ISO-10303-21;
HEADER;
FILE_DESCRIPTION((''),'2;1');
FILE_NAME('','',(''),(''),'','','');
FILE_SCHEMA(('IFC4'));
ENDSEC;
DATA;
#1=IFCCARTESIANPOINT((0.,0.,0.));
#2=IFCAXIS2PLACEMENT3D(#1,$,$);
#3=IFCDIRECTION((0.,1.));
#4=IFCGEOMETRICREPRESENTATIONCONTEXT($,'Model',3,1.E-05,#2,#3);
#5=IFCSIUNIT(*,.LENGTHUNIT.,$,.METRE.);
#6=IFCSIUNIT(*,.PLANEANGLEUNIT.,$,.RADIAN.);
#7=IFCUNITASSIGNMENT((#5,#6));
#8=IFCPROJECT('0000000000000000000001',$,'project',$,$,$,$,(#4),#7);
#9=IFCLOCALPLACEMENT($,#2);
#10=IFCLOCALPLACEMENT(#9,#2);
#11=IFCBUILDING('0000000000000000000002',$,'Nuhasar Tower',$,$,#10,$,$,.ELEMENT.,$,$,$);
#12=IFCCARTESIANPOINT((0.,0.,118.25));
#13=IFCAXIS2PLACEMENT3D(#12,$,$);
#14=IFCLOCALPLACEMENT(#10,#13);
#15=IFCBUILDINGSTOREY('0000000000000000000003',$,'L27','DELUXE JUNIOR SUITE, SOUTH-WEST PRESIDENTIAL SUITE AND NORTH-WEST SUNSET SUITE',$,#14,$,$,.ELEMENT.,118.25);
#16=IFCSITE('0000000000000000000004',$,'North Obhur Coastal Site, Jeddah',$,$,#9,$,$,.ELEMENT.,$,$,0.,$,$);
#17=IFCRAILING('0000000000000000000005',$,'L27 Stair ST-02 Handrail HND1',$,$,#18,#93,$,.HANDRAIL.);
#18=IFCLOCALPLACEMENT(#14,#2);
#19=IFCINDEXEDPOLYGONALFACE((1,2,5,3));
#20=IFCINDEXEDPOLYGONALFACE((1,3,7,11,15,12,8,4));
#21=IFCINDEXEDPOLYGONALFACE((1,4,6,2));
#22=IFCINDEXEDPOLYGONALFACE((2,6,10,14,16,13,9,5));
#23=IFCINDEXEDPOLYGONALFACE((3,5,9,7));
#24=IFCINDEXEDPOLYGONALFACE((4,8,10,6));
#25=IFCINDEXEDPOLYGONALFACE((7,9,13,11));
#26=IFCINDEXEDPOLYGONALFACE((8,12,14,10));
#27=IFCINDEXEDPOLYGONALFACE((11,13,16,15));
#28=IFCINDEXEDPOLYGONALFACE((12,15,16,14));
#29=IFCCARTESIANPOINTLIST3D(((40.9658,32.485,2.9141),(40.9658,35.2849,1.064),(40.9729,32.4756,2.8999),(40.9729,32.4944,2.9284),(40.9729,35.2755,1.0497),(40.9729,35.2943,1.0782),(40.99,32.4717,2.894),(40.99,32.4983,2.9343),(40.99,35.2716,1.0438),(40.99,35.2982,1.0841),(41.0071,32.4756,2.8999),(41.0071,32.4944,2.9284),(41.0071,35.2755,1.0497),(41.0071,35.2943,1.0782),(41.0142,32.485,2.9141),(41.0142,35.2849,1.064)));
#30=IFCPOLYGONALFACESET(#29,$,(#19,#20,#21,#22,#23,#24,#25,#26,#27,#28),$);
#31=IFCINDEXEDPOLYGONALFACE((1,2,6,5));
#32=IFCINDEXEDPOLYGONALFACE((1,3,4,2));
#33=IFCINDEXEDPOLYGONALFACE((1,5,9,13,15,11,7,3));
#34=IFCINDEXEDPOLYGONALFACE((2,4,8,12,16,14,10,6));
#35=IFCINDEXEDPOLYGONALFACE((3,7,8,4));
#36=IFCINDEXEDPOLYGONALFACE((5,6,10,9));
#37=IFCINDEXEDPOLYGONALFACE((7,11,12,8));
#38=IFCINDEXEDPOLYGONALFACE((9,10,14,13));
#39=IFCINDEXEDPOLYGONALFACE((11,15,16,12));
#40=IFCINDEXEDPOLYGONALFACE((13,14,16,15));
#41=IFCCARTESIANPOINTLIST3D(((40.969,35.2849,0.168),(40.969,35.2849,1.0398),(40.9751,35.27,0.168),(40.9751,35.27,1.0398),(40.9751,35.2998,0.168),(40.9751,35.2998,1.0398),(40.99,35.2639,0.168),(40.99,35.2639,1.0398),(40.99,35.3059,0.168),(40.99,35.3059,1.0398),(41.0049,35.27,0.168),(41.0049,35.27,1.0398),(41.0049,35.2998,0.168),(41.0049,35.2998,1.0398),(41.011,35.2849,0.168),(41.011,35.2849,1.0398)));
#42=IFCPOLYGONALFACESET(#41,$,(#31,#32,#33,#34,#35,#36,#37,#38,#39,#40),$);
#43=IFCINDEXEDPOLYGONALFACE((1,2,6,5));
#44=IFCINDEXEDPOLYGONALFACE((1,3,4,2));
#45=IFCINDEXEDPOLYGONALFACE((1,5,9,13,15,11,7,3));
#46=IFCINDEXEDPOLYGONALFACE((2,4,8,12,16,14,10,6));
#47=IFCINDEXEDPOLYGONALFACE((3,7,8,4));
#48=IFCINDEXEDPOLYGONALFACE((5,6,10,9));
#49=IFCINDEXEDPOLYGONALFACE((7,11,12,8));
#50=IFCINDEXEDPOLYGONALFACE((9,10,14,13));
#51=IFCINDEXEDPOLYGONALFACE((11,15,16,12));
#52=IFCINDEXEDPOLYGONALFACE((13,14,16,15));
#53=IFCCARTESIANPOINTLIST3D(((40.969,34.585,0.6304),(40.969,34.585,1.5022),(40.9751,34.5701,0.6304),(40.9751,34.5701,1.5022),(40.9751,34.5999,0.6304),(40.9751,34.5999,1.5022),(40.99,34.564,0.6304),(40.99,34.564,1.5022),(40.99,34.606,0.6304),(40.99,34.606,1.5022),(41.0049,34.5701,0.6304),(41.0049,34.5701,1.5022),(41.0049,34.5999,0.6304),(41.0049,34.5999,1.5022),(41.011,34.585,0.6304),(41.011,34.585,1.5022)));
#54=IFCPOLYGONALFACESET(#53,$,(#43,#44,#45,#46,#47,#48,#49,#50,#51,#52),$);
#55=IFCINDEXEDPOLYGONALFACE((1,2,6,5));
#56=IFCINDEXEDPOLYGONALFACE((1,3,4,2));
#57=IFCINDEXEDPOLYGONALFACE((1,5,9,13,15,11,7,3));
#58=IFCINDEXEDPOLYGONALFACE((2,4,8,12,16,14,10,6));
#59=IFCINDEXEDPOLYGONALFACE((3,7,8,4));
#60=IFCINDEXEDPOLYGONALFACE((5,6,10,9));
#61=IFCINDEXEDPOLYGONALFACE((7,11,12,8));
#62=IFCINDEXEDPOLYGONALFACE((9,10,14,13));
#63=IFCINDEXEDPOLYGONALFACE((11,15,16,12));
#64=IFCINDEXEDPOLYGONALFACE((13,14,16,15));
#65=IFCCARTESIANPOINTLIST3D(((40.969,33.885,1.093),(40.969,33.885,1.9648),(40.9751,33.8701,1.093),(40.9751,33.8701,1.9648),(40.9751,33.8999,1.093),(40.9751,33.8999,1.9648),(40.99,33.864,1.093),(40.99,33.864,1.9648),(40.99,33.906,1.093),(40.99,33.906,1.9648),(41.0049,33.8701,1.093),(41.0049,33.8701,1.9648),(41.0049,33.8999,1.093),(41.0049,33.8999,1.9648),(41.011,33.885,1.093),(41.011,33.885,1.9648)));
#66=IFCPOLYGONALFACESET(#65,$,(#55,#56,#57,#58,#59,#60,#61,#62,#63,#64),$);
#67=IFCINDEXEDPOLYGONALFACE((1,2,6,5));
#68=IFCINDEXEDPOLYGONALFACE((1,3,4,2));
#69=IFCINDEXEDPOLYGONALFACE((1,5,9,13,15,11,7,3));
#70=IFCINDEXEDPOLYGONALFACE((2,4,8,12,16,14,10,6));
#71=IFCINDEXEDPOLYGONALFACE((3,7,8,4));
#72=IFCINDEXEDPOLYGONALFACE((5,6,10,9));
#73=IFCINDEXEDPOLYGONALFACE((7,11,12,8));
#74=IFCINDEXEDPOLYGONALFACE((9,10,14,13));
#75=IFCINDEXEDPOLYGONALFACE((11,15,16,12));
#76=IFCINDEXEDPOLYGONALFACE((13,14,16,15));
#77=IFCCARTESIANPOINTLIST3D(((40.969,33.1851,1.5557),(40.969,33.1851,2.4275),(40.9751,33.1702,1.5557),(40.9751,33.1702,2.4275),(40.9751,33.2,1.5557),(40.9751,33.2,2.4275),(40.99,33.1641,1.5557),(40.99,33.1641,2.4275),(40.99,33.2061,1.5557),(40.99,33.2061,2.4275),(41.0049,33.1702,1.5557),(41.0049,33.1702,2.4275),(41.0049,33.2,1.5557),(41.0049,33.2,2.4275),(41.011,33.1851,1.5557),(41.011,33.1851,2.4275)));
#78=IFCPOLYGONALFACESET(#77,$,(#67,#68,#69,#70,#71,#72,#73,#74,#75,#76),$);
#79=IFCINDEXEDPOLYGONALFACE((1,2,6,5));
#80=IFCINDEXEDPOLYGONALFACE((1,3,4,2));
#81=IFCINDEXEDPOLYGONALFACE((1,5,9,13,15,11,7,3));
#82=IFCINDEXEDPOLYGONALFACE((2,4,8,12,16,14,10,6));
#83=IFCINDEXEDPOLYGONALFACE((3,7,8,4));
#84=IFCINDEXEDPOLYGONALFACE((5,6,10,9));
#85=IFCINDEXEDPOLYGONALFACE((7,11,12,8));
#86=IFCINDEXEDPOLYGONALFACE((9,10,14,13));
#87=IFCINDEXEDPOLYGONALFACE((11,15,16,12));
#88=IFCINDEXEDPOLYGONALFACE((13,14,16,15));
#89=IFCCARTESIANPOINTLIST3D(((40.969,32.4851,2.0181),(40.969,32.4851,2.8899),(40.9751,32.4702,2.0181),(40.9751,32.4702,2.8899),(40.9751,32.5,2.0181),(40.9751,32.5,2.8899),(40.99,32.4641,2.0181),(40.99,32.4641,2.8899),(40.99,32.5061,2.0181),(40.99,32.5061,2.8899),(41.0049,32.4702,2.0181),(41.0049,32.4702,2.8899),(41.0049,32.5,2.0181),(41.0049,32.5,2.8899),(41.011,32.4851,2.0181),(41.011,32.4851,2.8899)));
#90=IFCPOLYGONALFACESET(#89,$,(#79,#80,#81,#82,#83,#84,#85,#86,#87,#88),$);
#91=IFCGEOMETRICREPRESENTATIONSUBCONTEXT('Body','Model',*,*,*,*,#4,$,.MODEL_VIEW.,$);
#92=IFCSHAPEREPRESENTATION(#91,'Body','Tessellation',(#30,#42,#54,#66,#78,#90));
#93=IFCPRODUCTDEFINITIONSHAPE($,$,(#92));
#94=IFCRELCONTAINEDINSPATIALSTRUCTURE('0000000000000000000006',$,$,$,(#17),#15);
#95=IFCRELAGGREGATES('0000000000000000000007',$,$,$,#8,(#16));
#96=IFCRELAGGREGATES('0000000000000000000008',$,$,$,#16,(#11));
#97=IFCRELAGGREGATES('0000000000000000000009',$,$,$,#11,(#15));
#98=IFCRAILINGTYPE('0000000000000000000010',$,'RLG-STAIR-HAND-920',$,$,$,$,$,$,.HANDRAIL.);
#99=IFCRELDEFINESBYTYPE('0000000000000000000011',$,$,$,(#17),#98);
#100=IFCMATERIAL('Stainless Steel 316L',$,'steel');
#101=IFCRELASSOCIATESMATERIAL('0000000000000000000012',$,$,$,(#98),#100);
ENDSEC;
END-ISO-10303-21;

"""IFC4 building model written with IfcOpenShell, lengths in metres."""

from ifc_helpers import new_model, si_unit, direction, frame, origin, place, context, subcontext, project, spatial, polyline, outline, extrude, material, type_object, element, save


model = new_model("IFC4")

# Units and contexts
model_context = context("Model", 3, precision=1e-05, world=origin(), true_north=direction((0.0, 1.0)))
body_context = subcontext(model_context, "Body", "Model", "MODEL_VIEW")
ifc_project = project(units=[si_unit("LENGTHUNIT", "METRE"), si_unit("PLANEANGLEUNIT", "RADIAN")], contexts=[model_context])

# Site, building, storey
site_placement = place(None, origin())
site = spatial("IfcSite", under=ifc_project, at=site_placement, Name="North Obhur Coastal Site, Jeddah", CompositionType="ELEMENT", RefElevation=0.0)
building_placement = place(site_placement, origin())
building = spatial("IfcBuilding", under=site, at=building_placement, Name="Nuhasar Tower", CompositionType="ELEMENT")
storey_placement = place(building_placement, frame((0.0, 0.0, 118.25)))
storey = spatial("IfcBuildingStorey", under=building, at=storey_placement, Name="L27", Description="DELUXE JUNIOR SUITE, SOUTH-WEST PRESIDENTIAL SUITE AND NORTH-WEST SUNSET SUITE", CompositionType="ELEMENT", Elevation=118.25)

# Railing
ifc_material_1 = material(Name="Stainless Steel 316L", Category="steel")
railing_type_1 = type_object("IfcRailingType", Name="RLG-STAIR-HAND-920", PredefinedType="HANDRAIL", material=ifc_material_1)
railing_1_placement = place(storey_placement, frame((40.99, 35.2849, 0.168)))
element("IfcRailing", 1, at=railing_1_placement, inside=storey, type_object=railing_type_1, Name="L27 Stair ST-02 Handrail HND1", PredefinedType="HANDRAIL", context=body_context, shape_type="SweptSolid", body=[
    extrude(outline(polyline([(0.0242, 0.0), (0.0171, 0.0171), (0.0, 0.0242), (-0.0171, 0.0171), (-0.0242, 0.0), (-0.0171, -0.0171), (0.0, -0.0242), (0.0171, -0.0171), (0.0242, 0.0)])), frame((0.0, 0.0, 0.896), z_axis=(0.0, -0.834304, 0.551304), x_axis=(1.0, 0.0, 0.0)), (0.0, 0.0, 1.0), 3.356),
    extrude(outline(polyline([(0.021, 0.0), (0.0149, 0.0149), (0.0, 0.021), (-0.0149, 0.0149), (-0.021, 0.0), (-0.0149, -0.0149), (0.0, -0.021), (0.0149, -0.0149), (0.021, 0.0)])), origin(), (0.0, 0.0, 1.0), 0.8718),
    extrude(outline(polyline([(0.021, 0.0), (0.0149, 0.0149), (0.0, 0.021), (-0.0149, 0.0149), (-0.021, 0.0), (-0.0149, -0.0149), (0.0, -0.021), (0.0149, -0.0149), (0.021, 0.0)])), frame((0.0, -0.7, 0.4624)), (0.0, 0.0, 1.0), 0.8718),
    extrude(outline(polyline([(0.021, 0.0), (0.0149, 0.0149), (0.0, 0.021), (-0.0149, 0.0149), (-0.021, 0.0), (-0.0149, -0.0149), (0.0, -0.021), (0.0149, -0.0149), (0.021, 0.0)])), frame((0.0, -1.3999, 0.925)), (0.0, 0.0, 1.0), 0.8718),
    extrude(outline(polyline([(0.021, 0.0), (0.0149, 0.0149), (0.0, 0.021), (-0.0149, 0.0149), (-0.021, 0.0), (-0.0149, -0.0149), (0.0, -0.021), (0.0149, -0.0149), (0.021, 0.0)])), frame((0.0, -2.0999, 1.3877)), (0.0, 0.0, 1.0), 0.8718),
    extrude(outline(polyline([(0.021, 0.0), (0.0149, 0.0149), (0.0, 0.021), (-0.0149, 0.0149), (-0.021, 0.0), (-0.0149, -0.0149), (0.0, -0.021), (0.0149, -0.0149), (0.021, 0.0)])), frame((0.0, -2.7998, 1.8501)), (0.0, 0.0, 1.0), 0.8718),
])

save(model, "model.ifc")
